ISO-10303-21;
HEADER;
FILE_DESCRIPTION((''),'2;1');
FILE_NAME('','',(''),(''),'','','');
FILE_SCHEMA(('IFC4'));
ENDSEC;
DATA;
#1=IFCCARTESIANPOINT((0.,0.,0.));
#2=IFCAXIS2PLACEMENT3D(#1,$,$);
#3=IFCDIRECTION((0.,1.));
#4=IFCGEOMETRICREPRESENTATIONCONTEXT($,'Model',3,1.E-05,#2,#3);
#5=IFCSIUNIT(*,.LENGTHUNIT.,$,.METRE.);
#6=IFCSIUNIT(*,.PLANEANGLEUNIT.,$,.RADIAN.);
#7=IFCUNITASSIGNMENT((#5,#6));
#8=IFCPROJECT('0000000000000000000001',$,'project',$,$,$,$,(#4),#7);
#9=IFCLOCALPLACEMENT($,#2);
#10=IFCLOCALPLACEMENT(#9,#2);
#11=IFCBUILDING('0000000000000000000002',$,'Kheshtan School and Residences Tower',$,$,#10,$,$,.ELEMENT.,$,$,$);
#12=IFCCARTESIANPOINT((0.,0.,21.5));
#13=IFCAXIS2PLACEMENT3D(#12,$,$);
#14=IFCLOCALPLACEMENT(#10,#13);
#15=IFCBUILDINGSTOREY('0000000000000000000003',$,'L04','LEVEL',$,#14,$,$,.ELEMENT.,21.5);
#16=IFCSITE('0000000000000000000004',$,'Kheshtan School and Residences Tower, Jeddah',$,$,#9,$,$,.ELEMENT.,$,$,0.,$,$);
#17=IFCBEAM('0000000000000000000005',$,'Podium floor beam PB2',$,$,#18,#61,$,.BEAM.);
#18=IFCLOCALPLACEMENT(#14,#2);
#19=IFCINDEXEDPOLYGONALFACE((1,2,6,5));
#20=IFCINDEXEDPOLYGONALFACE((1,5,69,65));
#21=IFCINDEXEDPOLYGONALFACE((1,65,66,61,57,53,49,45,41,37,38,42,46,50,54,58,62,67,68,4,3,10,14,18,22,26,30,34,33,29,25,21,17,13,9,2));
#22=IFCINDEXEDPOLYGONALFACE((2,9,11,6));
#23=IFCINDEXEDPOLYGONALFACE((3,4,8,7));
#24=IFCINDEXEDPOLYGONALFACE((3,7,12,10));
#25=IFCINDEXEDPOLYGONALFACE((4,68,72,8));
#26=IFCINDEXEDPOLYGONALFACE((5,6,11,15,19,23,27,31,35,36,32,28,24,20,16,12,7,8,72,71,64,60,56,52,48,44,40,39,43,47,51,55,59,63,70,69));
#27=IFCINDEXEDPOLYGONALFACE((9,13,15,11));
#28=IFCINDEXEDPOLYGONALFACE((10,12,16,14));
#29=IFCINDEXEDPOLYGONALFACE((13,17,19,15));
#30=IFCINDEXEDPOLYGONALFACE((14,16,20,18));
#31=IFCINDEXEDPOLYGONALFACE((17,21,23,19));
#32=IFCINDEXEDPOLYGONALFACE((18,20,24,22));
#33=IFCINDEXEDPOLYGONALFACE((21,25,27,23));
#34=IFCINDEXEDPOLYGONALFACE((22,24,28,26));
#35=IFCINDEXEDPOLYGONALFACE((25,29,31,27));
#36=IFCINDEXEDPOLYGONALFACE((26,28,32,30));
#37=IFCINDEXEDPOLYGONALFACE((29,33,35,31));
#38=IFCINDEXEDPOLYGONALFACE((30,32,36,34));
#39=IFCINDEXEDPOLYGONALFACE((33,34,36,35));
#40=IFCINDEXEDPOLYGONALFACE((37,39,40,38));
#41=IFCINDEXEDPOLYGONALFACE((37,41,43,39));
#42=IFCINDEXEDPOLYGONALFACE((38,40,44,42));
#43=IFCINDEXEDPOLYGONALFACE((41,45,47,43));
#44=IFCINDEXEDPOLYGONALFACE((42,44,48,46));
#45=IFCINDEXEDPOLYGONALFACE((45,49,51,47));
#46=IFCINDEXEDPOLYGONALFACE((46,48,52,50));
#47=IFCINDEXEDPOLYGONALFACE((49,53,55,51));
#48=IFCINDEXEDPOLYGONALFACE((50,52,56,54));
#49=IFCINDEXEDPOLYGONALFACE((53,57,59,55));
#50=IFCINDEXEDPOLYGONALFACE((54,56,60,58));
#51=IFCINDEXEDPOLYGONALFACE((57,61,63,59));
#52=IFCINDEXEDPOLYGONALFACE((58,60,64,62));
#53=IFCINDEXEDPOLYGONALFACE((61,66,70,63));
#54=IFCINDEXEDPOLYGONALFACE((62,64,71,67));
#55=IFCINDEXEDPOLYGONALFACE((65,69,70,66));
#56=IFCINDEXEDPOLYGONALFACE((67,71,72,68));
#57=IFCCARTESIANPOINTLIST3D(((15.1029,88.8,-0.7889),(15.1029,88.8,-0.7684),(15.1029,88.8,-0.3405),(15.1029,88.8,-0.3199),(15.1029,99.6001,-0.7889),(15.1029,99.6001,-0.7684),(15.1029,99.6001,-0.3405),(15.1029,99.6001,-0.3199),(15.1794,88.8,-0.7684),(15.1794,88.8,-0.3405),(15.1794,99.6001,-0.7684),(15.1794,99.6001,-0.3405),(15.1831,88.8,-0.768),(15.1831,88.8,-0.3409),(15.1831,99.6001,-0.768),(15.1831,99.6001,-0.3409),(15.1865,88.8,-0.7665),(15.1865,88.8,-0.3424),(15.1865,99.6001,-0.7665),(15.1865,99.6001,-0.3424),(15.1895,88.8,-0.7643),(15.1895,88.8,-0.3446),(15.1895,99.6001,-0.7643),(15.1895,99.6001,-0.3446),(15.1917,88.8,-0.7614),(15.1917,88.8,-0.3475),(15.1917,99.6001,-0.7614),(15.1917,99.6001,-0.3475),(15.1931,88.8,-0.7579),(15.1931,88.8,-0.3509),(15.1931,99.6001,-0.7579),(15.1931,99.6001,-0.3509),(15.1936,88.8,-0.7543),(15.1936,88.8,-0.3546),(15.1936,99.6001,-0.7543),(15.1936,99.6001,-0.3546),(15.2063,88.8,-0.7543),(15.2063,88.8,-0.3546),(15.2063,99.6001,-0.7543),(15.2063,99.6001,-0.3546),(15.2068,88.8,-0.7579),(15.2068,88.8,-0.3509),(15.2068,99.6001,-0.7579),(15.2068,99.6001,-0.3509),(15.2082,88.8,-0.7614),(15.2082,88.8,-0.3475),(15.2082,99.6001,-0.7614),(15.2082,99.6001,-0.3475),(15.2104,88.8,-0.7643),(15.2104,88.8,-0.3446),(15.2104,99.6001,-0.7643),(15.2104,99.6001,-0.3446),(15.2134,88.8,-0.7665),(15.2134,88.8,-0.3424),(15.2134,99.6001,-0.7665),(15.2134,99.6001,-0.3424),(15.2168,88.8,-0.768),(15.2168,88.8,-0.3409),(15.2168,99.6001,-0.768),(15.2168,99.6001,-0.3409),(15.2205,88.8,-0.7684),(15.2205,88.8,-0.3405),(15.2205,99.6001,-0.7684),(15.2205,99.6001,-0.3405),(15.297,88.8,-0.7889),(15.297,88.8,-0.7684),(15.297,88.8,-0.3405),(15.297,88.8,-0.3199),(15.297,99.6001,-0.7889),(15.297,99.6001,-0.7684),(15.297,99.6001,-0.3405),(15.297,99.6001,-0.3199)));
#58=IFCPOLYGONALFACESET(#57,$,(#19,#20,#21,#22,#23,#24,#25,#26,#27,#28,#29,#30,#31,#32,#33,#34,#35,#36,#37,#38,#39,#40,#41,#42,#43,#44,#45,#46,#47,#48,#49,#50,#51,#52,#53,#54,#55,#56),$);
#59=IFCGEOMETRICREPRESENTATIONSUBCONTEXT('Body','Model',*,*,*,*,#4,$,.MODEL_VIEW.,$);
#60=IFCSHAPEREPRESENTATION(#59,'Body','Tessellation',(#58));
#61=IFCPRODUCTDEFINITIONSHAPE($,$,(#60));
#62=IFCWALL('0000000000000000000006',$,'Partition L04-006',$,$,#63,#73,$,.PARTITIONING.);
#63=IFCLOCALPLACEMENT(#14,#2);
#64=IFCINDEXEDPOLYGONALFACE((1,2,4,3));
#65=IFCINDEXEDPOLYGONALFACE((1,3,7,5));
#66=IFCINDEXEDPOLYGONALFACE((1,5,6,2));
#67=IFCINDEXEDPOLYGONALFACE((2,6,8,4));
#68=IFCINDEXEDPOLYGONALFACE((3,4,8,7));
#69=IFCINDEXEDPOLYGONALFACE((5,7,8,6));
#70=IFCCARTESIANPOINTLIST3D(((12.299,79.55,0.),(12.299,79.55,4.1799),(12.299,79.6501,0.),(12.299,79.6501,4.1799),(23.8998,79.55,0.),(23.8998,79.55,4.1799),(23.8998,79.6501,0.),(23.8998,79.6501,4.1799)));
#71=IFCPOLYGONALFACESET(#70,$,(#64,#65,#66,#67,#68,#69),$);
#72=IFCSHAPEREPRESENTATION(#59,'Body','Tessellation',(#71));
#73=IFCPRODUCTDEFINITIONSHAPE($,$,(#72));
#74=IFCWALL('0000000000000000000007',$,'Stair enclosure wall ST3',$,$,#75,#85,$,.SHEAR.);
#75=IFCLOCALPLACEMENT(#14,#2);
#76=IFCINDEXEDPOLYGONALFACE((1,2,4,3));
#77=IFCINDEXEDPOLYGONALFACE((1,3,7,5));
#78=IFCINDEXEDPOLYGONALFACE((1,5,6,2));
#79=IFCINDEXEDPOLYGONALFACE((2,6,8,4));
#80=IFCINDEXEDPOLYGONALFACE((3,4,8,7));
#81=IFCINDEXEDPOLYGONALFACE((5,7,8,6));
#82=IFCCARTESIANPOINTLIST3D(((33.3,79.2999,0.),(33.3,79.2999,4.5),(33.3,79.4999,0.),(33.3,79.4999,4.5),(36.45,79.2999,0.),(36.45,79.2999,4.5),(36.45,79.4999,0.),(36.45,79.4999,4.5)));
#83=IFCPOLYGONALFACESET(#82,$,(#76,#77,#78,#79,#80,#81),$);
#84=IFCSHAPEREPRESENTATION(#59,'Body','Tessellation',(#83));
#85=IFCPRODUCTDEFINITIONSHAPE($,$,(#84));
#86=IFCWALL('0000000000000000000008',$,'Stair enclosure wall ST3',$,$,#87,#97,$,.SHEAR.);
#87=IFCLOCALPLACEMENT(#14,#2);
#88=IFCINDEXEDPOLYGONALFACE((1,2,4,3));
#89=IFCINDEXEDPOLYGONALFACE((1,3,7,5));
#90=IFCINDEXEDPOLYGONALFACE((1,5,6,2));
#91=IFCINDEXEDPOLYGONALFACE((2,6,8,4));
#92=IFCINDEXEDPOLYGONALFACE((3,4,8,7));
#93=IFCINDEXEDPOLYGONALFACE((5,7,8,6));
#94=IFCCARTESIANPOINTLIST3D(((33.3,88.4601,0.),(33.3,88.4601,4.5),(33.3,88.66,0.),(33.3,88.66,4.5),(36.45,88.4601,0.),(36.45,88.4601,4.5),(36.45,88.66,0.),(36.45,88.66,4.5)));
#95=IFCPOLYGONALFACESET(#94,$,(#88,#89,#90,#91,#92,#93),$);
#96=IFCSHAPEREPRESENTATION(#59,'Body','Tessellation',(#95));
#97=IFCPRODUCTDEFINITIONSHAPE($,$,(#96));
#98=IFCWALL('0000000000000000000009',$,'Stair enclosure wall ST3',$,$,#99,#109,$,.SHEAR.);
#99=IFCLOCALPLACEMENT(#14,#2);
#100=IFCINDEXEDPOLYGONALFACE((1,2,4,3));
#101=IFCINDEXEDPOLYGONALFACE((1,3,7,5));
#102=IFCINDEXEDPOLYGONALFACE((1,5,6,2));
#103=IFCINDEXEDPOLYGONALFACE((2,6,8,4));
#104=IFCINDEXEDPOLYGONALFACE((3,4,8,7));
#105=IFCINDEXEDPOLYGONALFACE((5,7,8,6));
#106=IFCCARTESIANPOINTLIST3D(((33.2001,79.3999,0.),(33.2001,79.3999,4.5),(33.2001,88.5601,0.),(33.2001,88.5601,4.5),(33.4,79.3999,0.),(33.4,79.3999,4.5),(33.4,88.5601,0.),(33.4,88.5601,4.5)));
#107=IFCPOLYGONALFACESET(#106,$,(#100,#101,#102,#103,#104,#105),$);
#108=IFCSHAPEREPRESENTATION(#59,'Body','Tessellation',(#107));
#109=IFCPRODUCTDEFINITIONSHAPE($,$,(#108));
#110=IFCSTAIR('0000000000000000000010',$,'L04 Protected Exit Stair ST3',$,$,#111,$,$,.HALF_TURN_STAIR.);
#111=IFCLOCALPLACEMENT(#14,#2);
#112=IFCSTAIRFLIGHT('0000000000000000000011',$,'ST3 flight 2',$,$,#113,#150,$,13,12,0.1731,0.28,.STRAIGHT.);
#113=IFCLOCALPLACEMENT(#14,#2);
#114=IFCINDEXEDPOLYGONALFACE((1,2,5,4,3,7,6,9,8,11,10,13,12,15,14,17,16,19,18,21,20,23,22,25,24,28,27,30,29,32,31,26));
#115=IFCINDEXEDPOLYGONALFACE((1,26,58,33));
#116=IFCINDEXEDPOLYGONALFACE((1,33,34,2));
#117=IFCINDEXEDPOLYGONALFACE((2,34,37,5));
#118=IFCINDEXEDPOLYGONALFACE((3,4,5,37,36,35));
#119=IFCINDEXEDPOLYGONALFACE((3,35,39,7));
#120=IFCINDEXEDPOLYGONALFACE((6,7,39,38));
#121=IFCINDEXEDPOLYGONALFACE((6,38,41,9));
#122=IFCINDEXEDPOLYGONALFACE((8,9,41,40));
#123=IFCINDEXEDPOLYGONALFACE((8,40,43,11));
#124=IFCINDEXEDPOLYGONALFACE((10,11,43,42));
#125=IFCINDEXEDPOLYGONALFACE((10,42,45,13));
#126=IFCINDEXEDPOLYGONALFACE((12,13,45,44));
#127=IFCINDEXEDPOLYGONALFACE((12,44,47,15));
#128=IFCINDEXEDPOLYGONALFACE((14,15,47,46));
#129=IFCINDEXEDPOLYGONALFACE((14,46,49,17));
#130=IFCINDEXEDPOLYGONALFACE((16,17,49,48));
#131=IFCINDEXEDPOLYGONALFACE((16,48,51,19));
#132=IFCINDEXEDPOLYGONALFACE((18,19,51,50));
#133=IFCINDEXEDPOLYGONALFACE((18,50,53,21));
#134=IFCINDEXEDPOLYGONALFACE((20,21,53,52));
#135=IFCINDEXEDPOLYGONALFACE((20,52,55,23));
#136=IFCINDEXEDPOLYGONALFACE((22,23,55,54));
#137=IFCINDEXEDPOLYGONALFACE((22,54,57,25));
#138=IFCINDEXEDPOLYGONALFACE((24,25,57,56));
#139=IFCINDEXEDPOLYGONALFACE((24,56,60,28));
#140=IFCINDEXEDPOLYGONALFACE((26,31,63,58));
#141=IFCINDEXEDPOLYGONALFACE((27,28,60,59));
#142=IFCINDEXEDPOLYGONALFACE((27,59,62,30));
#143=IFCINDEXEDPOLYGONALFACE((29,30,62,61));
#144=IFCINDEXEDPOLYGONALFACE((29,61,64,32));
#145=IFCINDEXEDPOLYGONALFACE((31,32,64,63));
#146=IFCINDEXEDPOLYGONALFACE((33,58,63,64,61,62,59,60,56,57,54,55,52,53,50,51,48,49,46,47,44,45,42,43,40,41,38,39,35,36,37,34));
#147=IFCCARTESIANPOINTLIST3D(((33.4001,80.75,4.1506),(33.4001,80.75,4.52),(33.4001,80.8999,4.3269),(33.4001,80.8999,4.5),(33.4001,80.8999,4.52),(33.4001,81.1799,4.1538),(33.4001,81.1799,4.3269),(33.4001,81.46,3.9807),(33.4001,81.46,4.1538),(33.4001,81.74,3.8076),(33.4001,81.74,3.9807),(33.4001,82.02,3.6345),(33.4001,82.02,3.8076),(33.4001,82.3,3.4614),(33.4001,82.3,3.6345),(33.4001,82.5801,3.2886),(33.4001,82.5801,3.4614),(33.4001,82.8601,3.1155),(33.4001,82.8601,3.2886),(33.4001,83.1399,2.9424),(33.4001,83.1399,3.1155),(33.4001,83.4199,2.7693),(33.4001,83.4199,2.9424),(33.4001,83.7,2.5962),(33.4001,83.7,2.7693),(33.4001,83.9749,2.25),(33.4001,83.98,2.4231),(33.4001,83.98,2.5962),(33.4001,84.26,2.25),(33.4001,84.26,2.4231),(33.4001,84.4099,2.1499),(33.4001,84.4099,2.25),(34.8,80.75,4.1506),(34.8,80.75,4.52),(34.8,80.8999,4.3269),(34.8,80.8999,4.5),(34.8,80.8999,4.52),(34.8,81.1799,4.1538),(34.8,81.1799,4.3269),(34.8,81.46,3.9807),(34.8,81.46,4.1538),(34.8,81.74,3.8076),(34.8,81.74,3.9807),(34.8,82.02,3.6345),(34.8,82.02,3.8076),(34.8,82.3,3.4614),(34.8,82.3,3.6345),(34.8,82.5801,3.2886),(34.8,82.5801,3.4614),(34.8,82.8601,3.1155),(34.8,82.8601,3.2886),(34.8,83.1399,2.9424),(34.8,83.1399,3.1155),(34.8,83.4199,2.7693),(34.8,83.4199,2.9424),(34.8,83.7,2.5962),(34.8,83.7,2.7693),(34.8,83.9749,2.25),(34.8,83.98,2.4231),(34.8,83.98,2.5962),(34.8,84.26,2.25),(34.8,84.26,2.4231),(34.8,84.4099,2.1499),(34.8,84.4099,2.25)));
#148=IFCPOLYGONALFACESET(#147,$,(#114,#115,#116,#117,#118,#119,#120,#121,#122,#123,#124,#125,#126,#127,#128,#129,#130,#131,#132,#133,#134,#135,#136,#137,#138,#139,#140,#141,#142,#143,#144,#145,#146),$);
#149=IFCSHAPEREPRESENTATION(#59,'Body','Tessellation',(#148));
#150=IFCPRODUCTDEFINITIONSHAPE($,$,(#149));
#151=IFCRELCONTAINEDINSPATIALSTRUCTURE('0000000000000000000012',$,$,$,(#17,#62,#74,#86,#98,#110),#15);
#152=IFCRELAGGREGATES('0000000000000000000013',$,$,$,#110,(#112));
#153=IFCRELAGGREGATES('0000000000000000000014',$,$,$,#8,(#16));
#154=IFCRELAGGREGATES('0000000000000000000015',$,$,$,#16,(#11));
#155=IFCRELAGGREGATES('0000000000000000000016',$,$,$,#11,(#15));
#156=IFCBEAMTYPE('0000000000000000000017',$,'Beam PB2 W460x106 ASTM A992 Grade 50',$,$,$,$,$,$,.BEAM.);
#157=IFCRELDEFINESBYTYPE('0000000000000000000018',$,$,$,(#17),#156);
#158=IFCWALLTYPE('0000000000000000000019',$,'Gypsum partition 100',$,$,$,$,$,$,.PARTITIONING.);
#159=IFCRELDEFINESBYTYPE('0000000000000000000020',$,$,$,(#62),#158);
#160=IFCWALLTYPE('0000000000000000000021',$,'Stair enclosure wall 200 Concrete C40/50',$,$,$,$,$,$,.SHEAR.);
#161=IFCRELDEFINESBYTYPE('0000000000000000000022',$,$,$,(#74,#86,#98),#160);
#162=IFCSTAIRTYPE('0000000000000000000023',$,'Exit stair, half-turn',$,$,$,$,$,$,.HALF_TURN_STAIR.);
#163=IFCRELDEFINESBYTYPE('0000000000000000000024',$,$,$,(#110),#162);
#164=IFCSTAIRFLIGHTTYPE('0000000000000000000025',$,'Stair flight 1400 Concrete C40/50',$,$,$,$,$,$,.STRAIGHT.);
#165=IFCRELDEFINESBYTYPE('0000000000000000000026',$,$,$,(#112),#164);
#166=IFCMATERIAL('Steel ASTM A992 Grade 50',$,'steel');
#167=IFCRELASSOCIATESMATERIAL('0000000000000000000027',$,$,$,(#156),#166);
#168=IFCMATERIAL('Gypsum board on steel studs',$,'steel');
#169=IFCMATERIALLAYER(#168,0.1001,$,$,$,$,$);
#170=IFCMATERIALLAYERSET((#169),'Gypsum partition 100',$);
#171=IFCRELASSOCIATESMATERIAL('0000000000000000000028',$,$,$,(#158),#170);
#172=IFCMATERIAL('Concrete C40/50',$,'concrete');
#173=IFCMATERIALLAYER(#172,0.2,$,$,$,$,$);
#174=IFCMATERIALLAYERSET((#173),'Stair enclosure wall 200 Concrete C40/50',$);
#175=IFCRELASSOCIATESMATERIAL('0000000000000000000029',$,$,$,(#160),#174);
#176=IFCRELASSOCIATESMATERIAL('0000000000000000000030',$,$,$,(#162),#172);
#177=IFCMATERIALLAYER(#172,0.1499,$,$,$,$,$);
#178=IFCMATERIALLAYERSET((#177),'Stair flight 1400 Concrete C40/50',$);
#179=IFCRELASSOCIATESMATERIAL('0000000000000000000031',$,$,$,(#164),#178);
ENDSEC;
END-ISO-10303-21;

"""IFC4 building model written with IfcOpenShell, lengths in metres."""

from ifc_helpers import new_model, si_unit, direction, frame, frame_2d, origin, origin_2d, place, context, subcontext, project, spatial, polyline, rectangle, i_section, outline, extrude, material, layer, layer_set, material_profile, profile_set, type_object, element, aggregate, save


model = new_model("IFC4")

# Units and contexts
model_context = context("Model", 3, precision=1e-05, world=origin(), true_north=direction((0.0, 1.0)))
body_context = subcontext(model_context, "Body", "Model", "MODEL_VIEW")
ifc_project = project(units=[si_unit("LENGTHUNIT", "METRE"), si_unit("PLANEANGLEUNIT", "RADIAN")], contexts=[model_context])

# Site, building, storey
site_placement = place(None, origin())
site = spatial("IfcSite", under=ifc_project, at=site_placement, Name="Kheshtan School and Residences Tower, Jeddah", CompositionType="ELEMENT", RefElevation=0.0)
building_placement = place(site_placement, origin())
building = spatial("IfcBuilding", under=site, at=building_placement, Name="Kheshtan School and Residences Tower", CompositionType="ELEMENT")
storey_placement = place(building_placement, frame((0.0, 0.0, 21.5)))
storey = spatial("IfcBuildingStorey", under=building, at=storey_placement, Name="L04", Description="LEVEL", CompositionType="ELEMENT", Elevation=21.5)

# Shared definitions
ifc_material_1 = material(Name="Steel ASTM A992 Grade 50", Category="steel")

# Beam
ifc_material_profile_1 = material_profile(ifc_material_1, i_section(OverallWidth=0.1941, OverallDepth=0.469, WebThickness=0.0127, FlangeThickness=0.0205, FilletRadius=0.0142, at=origin_2d()), Name="W460x106")
ifc_profile_set_1 = profile_set([ifc_material_profile_1], Name="Steel ASTM A992 Grade 50")
beam_type_1 = type_object("IfcBeamType", Name="Beam PB2 W460x106 ASTM A992 Grade 50", PredefinedType="BEAM", material=ifc_profile_set_1)
beam_1_placement = place(storey_placement, frame((15.2, 88.8, -0.5544), z_axis=(0.0, 1.0, 0.0), x_axis=(-1.0, 0.0, 0.0)))
element("IfcBeam", 1, at=beam_1_placement, inside=storey, type_object=beam_type_1, Name="Podium floor beam PB2", PredefinedType="BEAM", context=body_context, shape_type="SweptSolid", body=[
    extrude(i_section(OverallWidth=0.1941, OverallDepth=0.469, WebThickness=0.0127, FlangeThickness=0.0205, FilletRadius=0.0142, at=origin_2d()), origin(), (0.0, 0.0, 1.0), 10.8),
])

# Walls
ifc_material_2 = material(Name="Gypsum board on steel studs", Category="steel")
ifc_layer_1 = layer(ifc_material_2, 0.1001)
ifc_layer_set_1 = layer_set([ifc_layer_1], Name="Gypsum partition 100")
wall_type_1 = type_object("IfcWallType", Name="Gypsum partition 100", PredefinedType="PARTITIONING", material=ifc_layer_set_1)
wall_1_placement = place(storey_placement, frame((12.2991, 79.6001, 0.0), z_axis=(0.0, 0.0, 1.0), x_axis=(1.0, 0.0, 0.0)))
element("IfcWall", 2, at=wall_1_placement, inside=storey, type_object=wall_type_1, Name="Partition L04-006", PredefinedType="PARTITIONING", context=body_context, shape_type="SweptSolid", body=[
    extrude(rectangle(XDim=11.6008, YDim=0.1001, at=frame_2d((5.8003, 0.0))), origin(), (0.0, 0.0, 1.0), 4.1799),
])
ifc_material_3 = material(Name="Concrete C40/50", Category="concrete")
ifc_layer_2 = layer(ifc_material_3, 0.2)
ifc_layer_set_2 = layer_set([ifc_layer_2], Name="Stair enclosure wall 200 Concrete C40/50")
wall_type_2 = type_object("IfcWallType", Name="Stair enclosure wall 200 Concrete C40/50", PredefinedType="SHEAR", material=ifc_layer_set_2)
for number, where, z_axis, x_axis, name in (
    (3, (33.3, 79.3999, 0.0), (0.0, 0.0, 1.0), (1.0, 0.0, 0.0), "Stair enclosure wall ST3"),
    (4, (33.3, 88.5601, 0.0), (0.0, 0.0, 1.0), (1.0, 0.0, 0.0), "Stair enclosure wall ST3"),
):
    element("IfcWall", number, at=place(storey_placement, frame(where, z_axis=z_axis, x_axis=x_axis)), inside=storey, type_object=wall_type_2, Name=name, PredefinedType="SHEAR", context=body_context, shape_type="SweptSolid", body=[
        extrude(rectangle(XDim=3.1499, YDim=0.2, at=frame_2d((1.575, 0.0))), origin(), (0.0, 0.0, 1.0), 4.5),
    ])
wall_2_placement = place(storey_placement, frame((33.3, 79.3999, 0.0), z_axis=(0.0, 0.0, 1.0), x_axis=(0.0, 1.0, 0.0)))
element("IfcWall", 5, at=wall_2_placement, inside=storey, type_object=wall_type_2, Name="Stair enclosure wall ST3", PredefinedType="SHEAR", context=body_context, shape_type="SweptSolid", body=[
    extrude(rectangle(XDim=9.1602, YDim=0.2, at=frame_2d((4.5801, 0.0))), origin(), (0.0, 0.0, 1.0), 4.5),
])

# Stair, stair flight
stair_type = type_object("IfcStairType", Name="Exit stair, half-turn", PredefinedType="HALF_TURN_STAIR", material=ifc_material_3)
stair_placement = place(storey_placement, origin())
stair = element("IfcStair", 6, at=stair_placement, inside=storey, type_object=stair_type, Name="L04 Protected Exit Stair ST3", PredefinedType="HALF_TURN_STAIR")
ifc_layer_3 = layer(ifc_material_3, 0.1499)
ifc_layer_set_3 = layer_set([ifc_layer_3], Name="Stair flight 1400 Concrete C40/50")
stair_flight_type = type_object("IfcStairFlightType", Name="Stair flight 1400 Concrete C40/50", PredefinedType="STRAIGHT", material=ifc_layer_set_3)
stair_flight_placement = place(storey_placement, frame((34.1001, 84.26, 2.25), z_axis=(0.0, 0.0, 1.0), x_axis=(0.0, -1.0, 0.0)))
stair_flight = element("IfcStairFlight", 7, at=stair_flight_placement, type_object=stair_flight_type, Name="ST3 flight 2", NumberOfRisers=13, NumberOfTreads=12, PredefinedType="STRAIGHT", RiserHeight=0.1731, TreadLength=0.28, context=body_context, shape_type="SweptSolid", body=[
    extrude(outline(polyline([(-0.1499, -0.1001), (-0.1499, 0.0), (0.0, 0.0), (0.0, 0.1731), (0.28, 0.1731), (0.28, 0.3462), (0.5601, 0.3462), (0.5601, 0.5193), (0.8401, 0.5193), (0.8401, 0.6924), (1.1201, 0.6924), (1.1201, 0.8655), (1.3999, 0.8655), (1.3999, 1.0386), (1.6799, 1.0386), (1.6799, 1.2114), (1.96, 1.2114), (1.96, 1.3845), (2.24, 1.3845), (2.24, 1.5576), (2.52, 1.5576), (2.52, 1.7307), (2.8, 1.7307), (2.8, 1.9038), (3.0801, 1.9038), (3.0801, 2.0769), (3.3601, 2.0769), (3.3601, 2.25), (3.3601, 2.27), (3.51, 2.27), (3.51, 1.9006), (0.2852, 0.0), (-0.1499, -0.1001)])), frame((0.0, 0.7, 0.0), z_axis=(0.0, -1.0, 0.0), x_axis=(1.0, 0.0, 0.0)), (0.0, 0.0, 1.0), 1.3999),
])
aggregate(stair, [stair_flight])

save(model, "model.ifc")
